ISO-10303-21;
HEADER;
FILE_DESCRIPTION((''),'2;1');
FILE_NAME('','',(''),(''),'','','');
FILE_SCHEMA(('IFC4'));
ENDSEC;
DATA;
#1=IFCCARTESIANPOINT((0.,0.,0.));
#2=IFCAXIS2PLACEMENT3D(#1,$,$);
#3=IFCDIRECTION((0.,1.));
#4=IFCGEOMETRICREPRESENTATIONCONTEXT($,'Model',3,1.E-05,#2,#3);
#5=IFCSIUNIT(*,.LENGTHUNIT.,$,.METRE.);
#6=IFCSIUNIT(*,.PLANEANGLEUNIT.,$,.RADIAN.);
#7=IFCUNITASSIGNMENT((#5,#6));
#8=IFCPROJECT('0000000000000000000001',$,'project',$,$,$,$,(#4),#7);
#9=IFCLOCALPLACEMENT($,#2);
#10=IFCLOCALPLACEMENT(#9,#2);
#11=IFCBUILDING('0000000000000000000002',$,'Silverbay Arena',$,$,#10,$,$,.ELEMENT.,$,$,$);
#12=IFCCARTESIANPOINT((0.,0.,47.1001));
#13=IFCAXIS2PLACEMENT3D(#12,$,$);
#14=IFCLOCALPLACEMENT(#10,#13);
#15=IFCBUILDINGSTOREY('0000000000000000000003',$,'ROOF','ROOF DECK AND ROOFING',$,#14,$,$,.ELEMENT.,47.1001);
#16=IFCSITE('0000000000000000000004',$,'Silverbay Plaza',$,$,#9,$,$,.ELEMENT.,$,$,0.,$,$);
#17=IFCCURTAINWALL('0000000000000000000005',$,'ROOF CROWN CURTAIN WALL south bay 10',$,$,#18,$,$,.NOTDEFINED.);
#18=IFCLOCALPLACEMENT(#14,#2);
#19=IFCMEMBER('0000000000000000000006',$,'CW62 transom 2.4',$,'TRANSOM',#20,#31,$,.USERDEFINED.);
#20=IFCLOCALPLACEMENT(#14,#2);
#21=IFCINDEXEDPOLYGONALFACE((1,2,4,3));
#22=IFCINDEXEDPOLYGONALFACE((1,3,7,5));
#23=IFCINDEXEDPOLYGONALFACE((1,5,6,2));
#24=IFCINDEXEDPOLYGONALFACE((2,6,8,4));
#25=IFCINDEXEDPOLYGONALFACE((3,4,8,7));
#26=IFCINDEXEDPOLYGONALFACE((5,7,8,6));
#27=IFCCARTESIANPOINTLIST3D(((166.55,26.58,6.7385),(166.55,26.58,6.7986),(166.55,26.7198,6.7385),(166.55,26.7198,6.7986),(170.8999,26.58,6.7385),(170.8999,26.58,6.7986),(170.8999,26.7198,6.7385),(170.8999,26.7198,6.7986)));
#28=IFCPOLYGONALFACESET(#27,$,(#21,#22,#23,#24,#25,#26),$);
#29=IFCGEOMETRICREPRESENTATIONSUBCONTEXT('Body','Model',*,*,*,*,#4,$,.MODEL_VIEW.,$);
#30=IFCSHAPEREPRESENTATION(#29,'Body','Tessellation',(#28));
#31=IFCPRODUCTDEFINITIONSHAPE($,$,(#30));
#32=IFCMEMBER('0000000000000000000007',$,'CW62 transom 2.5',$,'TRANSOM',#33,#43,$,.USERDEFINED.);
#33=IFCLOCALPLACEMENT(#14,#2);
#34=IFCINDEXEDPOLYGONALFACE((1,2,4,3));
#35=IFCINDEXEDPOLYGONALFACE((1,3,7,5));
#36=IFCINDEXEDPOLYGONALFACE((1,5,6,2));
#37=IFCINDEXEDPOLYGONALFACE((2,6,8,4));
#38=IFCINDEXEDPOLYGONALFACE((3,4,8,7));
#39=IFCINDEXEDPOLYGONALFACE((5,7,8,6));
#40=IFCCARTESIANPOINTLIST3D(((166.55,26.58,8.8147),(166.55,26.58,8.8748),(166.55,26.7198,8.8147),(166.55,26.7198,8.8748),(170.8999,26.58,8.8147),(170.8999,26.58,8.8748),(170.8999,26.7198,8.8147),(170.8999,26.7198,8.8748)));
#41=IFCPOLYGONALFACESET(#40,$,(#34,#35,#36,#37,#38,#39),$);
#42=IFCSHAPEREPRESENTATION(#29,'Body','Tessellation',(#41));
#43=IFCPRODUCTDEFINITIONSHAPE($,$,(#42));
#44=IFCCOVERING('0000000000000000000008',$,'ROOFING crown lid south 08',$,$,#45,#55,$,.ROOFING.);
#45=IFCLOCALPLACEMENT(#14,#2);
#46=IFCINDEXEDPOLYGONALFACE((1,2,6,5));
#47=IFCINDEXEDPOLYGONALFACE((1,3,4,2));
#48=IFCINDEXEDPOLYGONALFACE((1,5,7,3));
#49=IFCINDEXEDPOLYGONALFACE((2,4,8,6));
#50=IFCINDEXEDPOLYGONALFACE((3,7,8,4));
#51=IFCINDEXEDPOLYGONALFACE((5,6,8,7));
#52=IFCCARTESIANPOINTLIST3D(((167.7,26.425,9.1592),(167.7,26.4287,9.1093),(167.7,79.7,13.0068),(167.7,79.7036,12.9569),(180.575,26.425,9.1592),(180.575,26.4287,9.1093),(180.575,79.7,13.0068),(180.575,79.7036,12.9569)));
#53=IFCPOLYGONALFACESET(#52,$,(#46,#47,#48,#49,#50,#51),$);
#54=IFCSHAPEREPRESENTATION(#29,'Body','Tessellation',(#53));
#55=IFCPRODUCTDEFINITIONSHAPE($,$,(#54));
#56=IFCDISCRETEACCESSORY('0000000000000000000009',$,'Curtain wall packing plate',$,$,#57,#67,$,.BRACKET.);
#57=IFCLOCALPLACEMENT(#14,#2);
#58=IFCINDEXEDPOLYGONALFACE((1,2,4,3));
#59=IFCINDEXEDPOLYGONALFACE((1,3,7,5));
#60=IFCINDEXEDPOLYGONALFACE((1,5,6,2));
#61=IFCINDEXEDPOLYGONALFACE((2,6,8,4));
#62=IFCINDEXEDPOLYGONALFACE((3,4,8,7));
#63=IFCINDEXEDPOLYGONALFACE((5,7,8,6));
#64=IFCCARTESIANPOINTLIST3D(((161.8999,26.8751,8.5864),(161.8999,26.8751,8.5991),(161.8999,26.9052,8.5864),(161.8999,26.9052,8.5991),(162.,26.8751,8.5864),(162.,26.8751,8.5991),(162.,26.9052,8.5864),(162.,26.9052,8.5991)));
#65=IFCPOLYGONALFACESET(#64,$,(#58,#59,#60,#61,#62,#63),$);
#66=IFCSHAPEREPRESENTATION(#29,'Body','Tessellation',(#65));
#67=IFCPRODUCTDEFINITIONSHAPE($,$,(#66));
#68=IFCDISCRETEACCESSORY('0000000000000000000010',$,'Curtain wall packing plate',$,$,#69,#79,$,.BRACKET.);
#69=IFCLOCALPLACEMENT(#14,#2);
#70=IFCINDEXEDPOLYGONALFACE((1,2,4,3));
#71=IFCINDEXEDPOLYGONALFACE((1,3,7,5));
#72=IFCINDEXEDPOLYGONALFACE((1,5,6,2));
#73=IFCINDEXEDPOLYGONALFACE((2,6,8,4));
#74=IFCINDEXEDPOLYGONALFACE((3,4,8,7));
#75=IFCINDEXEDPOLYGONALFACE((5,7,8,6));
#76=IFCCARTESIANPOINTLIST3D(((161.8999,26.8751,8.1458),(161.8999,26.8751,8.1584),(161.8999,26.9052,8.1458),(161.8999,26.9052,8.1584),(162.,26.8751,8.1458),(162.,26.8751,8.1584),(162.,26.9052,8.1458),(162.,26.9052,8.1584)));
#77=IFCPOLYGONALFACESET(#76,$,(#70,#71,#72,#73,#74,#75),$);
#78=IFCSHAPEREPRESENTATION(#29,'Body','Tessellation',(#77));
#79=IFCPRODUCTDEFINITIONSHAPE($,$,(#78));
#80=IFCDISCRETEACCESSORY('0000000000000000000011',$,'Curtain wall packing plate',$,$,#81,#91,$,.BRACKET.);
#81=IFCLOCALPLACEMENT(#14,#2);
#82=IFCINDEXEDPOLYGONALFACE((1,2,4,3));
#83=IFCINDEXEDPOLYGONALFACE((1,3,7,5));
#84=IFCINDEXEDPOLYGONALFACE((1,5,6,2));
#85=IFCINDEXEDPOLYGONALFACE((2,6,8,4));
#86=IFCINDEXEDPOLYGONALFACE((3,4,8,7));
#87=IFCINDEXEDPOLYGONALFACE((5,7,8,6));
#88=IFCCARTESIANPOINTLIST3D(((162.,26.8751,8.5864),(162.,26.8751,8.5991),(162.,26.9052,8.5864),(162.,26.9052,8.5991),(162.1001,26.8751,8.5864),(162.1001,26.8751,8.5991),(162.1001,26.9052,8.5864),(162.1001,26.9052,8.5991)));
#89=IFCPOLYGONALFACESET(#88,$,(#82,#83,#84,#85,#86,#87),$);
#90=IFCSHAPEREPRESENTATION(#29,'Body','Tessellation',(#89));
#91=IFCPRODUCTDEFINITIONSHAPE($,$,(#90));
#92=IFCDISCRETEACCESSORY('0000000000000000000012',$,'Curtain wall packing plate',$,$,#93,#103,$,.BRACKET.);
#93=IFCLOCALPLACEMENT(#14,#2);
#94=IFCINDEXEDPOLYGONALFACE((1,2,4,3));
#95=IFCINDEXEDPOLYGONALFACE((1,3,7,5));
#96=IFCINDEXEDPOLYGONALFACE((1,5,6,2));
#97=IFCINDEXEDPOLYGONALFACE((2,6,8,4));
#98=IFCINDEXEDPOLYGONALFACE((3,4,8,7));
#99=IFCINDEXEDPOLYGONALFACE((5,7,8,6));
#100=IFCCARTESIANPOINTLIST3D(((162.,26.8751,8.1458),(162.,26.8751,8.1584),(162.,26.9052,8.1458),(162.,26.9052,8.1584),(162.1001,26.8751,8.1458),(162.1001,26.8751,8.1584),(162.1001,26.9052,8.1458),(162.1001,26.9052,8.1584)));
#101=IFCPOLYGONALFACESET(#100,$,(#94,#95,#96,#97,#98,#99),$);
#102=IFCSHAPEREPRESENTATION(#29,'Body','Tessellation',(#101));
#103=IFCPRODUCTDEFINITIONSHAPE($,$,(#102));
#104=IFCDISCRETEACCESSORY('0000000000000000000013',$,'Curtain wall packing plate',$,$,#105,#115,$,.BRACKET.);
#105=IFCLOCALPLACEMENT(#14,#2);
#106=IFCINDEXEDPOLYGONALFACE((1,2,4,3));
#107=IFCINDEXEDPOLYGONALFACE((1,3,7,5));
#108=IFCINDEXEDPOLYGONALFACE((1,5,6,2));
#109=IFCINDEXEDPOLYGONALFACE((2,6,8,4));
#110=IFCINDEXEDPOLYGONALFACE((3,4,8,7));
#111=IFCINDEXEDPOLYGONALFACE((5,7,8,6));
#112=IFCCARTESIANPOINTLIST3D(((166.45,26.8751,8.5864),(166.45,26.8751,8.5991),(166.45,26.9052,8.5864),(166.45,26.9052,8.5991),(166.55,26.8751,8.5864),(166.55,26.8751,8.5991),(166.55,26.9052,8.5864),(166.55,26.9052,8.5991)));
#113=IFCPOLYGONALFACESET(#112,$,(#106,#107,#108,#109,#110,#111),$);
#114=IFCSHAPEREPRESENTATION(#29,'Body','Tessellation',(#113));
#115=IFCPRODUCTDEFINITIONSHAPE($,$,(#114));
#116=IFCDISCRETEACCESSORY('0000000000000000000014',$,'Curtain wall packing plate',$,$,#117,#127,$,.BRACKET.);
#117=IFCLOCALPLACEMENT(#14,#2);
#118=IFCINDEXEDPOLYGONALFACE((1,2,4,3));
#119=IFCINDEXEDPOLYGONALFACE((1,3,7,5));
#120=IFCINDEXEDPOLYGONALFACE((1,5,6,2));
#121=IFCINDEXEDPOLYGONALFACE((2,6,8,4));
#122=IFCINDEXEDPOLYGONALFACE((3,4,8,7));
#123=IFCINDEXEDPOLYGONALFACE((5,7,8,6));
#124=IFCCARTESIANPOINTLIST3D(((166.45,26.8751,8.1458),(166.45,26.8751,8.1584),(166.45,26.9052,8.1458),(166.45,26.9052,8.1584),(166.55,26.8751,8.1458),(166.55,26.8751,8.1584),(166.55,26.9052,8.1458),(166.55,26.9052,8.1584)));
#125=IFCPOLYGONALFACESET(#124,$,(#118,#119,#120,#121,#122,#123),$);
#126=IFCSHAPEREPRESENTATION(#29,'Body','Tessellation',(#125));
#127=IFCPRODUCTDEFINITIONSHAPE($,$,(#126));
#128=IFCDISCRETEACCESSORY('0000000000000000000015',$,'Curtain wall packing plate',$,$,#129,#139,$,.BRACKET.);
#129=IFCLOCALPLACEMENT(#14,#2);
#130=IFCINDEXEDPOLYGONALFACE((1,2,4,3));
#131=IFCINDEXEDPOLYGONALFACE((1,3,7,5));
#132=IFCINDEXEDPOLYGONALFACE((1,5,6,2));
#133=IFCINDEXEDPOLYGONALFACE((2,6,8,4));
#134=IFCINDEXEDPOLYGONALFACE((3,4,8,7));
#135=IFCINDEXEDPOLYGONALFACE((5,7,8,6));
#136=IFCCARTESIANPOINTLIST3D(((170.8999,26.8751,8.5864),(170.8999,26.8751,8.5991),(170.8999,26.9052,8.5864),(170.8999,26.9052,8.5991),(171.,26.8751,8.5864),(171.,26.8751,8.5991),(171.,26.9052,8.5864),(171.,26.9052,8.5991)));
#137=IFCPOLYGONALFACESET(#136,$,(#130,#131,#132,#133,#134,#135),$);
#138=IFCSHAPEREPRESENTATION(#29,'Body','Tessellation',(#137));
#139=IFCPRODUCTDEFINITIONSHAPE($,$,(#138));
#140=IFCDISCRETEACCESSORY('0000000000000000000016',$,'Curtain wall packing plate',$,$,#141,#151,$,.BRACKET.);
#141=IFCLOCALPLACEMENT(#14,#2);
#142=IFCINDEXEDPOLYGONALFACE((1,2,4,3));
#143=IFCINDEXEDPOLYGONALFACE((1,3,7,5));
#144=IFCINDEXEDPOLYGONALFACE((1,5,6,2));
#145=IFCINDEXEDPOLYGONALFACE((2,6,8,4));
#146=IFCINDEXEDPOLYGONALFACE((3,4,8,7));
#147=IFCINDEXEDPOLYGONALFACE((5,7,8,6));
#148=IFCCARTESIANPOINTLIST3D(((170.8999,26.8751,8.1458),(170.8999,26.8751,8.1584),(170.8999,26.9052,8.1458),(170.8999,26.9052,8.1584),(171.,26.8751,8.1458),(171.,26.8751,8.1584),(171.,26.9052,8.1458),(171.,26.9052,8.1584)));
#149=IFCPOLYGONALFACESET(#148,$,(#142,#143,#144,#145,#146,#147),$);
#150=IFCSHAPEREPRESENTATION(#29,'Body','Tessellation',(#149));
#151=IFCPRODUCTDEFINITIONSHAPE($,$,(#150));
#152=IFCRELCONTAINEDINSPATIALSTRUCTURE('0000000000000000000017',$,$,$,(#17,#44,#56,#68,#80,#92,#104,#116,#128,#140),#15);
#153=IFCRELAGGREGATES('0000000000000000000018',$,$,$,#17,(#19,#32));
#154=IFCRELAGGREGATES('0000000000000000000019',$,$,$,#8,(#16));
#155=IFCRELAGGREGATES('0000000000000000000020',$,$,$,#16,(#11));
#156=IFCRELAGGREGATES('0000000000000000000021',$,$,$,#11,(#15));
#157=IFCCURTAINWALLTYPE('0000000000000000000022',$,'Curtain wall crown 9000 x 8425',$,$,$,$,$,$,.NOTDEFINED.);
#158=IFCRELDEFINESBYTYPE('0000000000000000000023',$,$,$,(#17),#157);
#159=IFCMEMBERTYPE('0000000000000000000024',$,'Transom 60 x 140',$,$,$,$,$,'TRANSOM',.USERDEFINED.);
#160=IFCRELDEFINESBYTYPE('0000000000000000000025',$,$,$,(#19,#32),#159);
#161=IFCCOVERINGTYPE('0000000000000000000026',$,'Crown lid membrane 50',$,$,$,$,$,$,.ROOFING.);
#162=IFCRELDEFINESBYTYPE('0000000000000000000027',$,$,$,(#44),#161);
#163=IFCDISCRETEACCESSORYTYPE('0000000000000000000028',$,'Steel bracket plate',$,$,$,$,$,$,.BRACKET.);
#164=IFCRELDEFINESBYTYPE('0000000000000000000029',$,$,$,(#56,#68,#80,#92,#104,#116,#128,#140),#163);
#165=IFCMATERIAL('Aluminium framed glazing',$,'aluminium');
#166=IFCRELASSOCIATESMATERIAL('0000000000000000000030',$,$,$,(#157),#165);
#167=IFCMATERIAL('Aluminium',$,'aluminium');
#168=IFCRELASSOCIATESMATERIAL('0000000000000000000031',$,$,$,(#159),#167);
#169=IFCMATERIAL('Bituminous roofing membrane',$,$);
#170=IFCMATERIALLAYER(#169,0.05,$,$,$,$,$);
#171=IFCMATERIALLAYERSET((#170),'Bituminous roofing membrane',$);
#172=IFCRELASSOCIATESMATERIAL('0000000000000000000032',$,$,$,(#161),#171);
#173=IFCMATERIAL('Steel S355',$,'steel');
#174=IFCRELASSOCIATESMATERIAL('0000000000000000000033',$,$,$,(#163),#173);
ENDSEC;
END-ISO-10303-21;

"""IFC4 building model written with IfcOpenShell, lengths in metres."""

from ifc_helpers import new_model, si_unit, direction, frame, origin, origin_2d, place, context, subcontext, project, spatial, polyline, rectangle, outline, extrude, material, layer, layer_set, material_profile, profile_set, type_object, element, aggregate, save


model = new_model("IFC4")

# Units and contexts
model_context = context("Model", 3, precision=1e-05, world=origin(), true_north=direction((0.0, 1.0)))
body_context = subcontext(model_context, "Body", "Model", "MODEL_VIEW")
ifc_project = project(units=[si_unit("LENGTHUNIT", "METRE"), si_unit("PLANEANGLEUNIT", "RADIAN")], contexts=[model_context])

# Site, building, storey
site_placement = place(None, origin())
site = spatial("IfcSite", under=ifc_project, at=site_placement, Name="Silverbay Plaza", CompositionType="ELEMENT", RefElevation=0.0)
building_placement = place(site_placement, origin())
building = spatial("IfcBuilding", under=site, at=building_placement, Name="Silverbay Arena", CompositionType="ELEMENT")
storey_placement = place(building_placement, frame((0.0, 0.0, 47.1001)))
storey = spatial("IfcBuildingStorey", under=building, at=storey_placement, Name="ROOF", Description="ROOF DECK AND ROOFING", CompositionType="ELEMENT", Elevation=47.1001)

# Shared definitions
ifc_material_1 = material(Name="Aluminium framed glazing", Category="aluminium")
curtain_wall_type = type_object("IfcCurtainWallType", Name="Curtain wall crown 9000 x 8425", PredefinedType="NOTDEFINED", material=ifc_material_1)
placement = place(building_placement, frame((0.0, 0.0, 33.5)))

# Curtain wall
curtain_wall_1_placement = place(storey_placement, origin())
curtain_wall_1 = element("IfcCurtainWall", 1, at=curtain_wall_1_placement, inside=storey, type_object=curtain_wall_type, Name="ROOF CROWN CURTAIN WALL south bay 10", PredefinedType="NOTDEFINED")

# Members
ifc_material_2 = material(Name="Aluminium", Category="aluminium")
ifc_material_profile_1 = material_profile(ifc_material_2, rectangle(XDim=0.1399, YDim=0.0601, at=origin_2d()), Name="Transom 60 x 140")
ifc_profile_set_1 = profile_set([ifc_material_profile_1], Name="Aluminium")
member_type_1 = type_object("IfcMemberType", Name="Transom 60 x 140", ElementType="TRANSOM", PredefinedType="USERDEFINED", material=ifc_profile_set_1)
member_1_placement = place(placement, frame((166.55, 26.6499, 20.3687), z_axis=(1.0, 0.0, 0.0), x_axis=(0.0, 1.0, 0.0)))
member_1 = element("IfcMember", 2, at=member_1_placement, type_object=member_type_1, Name="CW62 transom 2.4", ObjectType="TRANSOM", PredefinedType="USERDEFINED", context=body_context, shape_type="SweptSolid", body=[
    extrude(rectangle(XDim=0.1399, YDim=0.0601, at=origin_2d()), origin(), (0.0, 0.0, 1.0), 4.3499),
])
member_2_placement = place(placement, frame((166.55, 26.6499, 22.4448), z_axis=(1.0, 0.0, 0.0), x_axis=(0.0, 1.0, 0.0)))
member_2 = element("IfcMember", 3, at=member_2_placement, type_object=member_type_1, Name="CW62 transom 2.5", ObjectType="TRANSOM", PredefinedType="USERDEFINED", context=body_context, shape_type="SweptSolid", body=[
    extrude(rectangle(XDim=0.1399, YDim=0.0601, at=origin_2d()), origin(), (0.0, 0.0, 1.0), 4.3499),
])

aggregate(curtain_wall_1, [member_1, member_2])

# Covering
ifc_material_3 = material(Name="Bituminous roofing membrane")
ifc_layer_1 = layer(ifc_material_3, 0.05)
ifc_layer_set_1 = layer_set([ifc_layer_1], Name="Bituminous roofing membrane")
covering_type = type_object("IfcCoveringType", Name="Crown lid membrane 50", PredefinedType="ROOFING", material=ifc_layer_set_1)
covering_placement = place(storey_placement, frame((167.7, 26.425, 9.1592), z_axis=(0.0, -0.072035, 0.997402), x_axis=(1.0, 0.0, 0.0)))
element("IfcCovering", 4, at=covering_placement, inside=storey, type_object=covering_type, Name="ROOFING crown lid south 08", PredefinedType="ROOFING", context=body_context, shape_type="SweptSolid", body=[
    extrude(outline(polyline([(0.0, 0.0), (12.875, 0.0), (12.875, 53.4137), (0.0, 53.4137), (0.0, 0.0)])), origin(), (0.0, 0.0, -1.0), 0.05),
])

# Discrete accessories
ifc_material_4 = material(Name="Steel S355", Category="steel")
discrete_accessory_type = type_object("IfcDiscreteAccessoryType", Name="Steel bracket plate", PredefinedType="BRACKET", material=ifc_material_4)
for number, where, z_axis, x_axis, name in (
    (5, (161.95, 26.8901, 8.5864), (0.0, 0.0, 1.0), (1.0, 0.0, 0.0), "Curtain wall packing plate"),
    (6, (161.95, 26.8901, 8.1458), (0.0, 0.0, 1.0), (1.0, 0.0, 0.0), "Curtain wall packing plate"),
    (7, (162.05, 26.8901, 8.5864), (0.0, 0.0, 1.0), (1.0, 0.0, 0.0), "Curtain wall packing plate"),
    (8, (162.05, 26.8901, 8.1458), (0.0, 0.0, 1.0), (1.0, 0.0, 0.0), "Curtain wall packing plate"),
    (9, (166.5, 26.8901, 8.5864), (0.0, 0.0, 1.0), (1.0, 0.0, 0.0), "Curtain wall packing plate"),
    (10, (166.5, 26.8901, 8.1458), (0.0, 0.0, 1.0), (1.0, 0.0, 0.0), "Curtain wall packing plate"),
    (11, (170.95, 26.8901, 8.5864), (0.0, 0.0, 1.0), (1.0, 0.0, 0.0), "Curtain wall packing plate"),
    (12, (170.95, 26.8901, 8.1458), (0.0, 0.0, 1.0), (1.0, 0.0, 0.0), "Curtain wall packing plate"),
):
    element("IfcDiscreteAccessory", number, at=place(storey_placement, frame(where, z_axis=z_axis, x_axis=x_axis)), inside=storey, type_object=discrete_accessory_type, Name=name, PredefinedType="BRACKET", context=body_context, shape_type="SweptSolid", body=[
        extrude(rectangle(XDim=0.1001, YDim=0.03, at=origin_2d()), origin(), (0.0, 0.0, 1.0), 0.0127),
    ])

save(model, "model.ifc")
